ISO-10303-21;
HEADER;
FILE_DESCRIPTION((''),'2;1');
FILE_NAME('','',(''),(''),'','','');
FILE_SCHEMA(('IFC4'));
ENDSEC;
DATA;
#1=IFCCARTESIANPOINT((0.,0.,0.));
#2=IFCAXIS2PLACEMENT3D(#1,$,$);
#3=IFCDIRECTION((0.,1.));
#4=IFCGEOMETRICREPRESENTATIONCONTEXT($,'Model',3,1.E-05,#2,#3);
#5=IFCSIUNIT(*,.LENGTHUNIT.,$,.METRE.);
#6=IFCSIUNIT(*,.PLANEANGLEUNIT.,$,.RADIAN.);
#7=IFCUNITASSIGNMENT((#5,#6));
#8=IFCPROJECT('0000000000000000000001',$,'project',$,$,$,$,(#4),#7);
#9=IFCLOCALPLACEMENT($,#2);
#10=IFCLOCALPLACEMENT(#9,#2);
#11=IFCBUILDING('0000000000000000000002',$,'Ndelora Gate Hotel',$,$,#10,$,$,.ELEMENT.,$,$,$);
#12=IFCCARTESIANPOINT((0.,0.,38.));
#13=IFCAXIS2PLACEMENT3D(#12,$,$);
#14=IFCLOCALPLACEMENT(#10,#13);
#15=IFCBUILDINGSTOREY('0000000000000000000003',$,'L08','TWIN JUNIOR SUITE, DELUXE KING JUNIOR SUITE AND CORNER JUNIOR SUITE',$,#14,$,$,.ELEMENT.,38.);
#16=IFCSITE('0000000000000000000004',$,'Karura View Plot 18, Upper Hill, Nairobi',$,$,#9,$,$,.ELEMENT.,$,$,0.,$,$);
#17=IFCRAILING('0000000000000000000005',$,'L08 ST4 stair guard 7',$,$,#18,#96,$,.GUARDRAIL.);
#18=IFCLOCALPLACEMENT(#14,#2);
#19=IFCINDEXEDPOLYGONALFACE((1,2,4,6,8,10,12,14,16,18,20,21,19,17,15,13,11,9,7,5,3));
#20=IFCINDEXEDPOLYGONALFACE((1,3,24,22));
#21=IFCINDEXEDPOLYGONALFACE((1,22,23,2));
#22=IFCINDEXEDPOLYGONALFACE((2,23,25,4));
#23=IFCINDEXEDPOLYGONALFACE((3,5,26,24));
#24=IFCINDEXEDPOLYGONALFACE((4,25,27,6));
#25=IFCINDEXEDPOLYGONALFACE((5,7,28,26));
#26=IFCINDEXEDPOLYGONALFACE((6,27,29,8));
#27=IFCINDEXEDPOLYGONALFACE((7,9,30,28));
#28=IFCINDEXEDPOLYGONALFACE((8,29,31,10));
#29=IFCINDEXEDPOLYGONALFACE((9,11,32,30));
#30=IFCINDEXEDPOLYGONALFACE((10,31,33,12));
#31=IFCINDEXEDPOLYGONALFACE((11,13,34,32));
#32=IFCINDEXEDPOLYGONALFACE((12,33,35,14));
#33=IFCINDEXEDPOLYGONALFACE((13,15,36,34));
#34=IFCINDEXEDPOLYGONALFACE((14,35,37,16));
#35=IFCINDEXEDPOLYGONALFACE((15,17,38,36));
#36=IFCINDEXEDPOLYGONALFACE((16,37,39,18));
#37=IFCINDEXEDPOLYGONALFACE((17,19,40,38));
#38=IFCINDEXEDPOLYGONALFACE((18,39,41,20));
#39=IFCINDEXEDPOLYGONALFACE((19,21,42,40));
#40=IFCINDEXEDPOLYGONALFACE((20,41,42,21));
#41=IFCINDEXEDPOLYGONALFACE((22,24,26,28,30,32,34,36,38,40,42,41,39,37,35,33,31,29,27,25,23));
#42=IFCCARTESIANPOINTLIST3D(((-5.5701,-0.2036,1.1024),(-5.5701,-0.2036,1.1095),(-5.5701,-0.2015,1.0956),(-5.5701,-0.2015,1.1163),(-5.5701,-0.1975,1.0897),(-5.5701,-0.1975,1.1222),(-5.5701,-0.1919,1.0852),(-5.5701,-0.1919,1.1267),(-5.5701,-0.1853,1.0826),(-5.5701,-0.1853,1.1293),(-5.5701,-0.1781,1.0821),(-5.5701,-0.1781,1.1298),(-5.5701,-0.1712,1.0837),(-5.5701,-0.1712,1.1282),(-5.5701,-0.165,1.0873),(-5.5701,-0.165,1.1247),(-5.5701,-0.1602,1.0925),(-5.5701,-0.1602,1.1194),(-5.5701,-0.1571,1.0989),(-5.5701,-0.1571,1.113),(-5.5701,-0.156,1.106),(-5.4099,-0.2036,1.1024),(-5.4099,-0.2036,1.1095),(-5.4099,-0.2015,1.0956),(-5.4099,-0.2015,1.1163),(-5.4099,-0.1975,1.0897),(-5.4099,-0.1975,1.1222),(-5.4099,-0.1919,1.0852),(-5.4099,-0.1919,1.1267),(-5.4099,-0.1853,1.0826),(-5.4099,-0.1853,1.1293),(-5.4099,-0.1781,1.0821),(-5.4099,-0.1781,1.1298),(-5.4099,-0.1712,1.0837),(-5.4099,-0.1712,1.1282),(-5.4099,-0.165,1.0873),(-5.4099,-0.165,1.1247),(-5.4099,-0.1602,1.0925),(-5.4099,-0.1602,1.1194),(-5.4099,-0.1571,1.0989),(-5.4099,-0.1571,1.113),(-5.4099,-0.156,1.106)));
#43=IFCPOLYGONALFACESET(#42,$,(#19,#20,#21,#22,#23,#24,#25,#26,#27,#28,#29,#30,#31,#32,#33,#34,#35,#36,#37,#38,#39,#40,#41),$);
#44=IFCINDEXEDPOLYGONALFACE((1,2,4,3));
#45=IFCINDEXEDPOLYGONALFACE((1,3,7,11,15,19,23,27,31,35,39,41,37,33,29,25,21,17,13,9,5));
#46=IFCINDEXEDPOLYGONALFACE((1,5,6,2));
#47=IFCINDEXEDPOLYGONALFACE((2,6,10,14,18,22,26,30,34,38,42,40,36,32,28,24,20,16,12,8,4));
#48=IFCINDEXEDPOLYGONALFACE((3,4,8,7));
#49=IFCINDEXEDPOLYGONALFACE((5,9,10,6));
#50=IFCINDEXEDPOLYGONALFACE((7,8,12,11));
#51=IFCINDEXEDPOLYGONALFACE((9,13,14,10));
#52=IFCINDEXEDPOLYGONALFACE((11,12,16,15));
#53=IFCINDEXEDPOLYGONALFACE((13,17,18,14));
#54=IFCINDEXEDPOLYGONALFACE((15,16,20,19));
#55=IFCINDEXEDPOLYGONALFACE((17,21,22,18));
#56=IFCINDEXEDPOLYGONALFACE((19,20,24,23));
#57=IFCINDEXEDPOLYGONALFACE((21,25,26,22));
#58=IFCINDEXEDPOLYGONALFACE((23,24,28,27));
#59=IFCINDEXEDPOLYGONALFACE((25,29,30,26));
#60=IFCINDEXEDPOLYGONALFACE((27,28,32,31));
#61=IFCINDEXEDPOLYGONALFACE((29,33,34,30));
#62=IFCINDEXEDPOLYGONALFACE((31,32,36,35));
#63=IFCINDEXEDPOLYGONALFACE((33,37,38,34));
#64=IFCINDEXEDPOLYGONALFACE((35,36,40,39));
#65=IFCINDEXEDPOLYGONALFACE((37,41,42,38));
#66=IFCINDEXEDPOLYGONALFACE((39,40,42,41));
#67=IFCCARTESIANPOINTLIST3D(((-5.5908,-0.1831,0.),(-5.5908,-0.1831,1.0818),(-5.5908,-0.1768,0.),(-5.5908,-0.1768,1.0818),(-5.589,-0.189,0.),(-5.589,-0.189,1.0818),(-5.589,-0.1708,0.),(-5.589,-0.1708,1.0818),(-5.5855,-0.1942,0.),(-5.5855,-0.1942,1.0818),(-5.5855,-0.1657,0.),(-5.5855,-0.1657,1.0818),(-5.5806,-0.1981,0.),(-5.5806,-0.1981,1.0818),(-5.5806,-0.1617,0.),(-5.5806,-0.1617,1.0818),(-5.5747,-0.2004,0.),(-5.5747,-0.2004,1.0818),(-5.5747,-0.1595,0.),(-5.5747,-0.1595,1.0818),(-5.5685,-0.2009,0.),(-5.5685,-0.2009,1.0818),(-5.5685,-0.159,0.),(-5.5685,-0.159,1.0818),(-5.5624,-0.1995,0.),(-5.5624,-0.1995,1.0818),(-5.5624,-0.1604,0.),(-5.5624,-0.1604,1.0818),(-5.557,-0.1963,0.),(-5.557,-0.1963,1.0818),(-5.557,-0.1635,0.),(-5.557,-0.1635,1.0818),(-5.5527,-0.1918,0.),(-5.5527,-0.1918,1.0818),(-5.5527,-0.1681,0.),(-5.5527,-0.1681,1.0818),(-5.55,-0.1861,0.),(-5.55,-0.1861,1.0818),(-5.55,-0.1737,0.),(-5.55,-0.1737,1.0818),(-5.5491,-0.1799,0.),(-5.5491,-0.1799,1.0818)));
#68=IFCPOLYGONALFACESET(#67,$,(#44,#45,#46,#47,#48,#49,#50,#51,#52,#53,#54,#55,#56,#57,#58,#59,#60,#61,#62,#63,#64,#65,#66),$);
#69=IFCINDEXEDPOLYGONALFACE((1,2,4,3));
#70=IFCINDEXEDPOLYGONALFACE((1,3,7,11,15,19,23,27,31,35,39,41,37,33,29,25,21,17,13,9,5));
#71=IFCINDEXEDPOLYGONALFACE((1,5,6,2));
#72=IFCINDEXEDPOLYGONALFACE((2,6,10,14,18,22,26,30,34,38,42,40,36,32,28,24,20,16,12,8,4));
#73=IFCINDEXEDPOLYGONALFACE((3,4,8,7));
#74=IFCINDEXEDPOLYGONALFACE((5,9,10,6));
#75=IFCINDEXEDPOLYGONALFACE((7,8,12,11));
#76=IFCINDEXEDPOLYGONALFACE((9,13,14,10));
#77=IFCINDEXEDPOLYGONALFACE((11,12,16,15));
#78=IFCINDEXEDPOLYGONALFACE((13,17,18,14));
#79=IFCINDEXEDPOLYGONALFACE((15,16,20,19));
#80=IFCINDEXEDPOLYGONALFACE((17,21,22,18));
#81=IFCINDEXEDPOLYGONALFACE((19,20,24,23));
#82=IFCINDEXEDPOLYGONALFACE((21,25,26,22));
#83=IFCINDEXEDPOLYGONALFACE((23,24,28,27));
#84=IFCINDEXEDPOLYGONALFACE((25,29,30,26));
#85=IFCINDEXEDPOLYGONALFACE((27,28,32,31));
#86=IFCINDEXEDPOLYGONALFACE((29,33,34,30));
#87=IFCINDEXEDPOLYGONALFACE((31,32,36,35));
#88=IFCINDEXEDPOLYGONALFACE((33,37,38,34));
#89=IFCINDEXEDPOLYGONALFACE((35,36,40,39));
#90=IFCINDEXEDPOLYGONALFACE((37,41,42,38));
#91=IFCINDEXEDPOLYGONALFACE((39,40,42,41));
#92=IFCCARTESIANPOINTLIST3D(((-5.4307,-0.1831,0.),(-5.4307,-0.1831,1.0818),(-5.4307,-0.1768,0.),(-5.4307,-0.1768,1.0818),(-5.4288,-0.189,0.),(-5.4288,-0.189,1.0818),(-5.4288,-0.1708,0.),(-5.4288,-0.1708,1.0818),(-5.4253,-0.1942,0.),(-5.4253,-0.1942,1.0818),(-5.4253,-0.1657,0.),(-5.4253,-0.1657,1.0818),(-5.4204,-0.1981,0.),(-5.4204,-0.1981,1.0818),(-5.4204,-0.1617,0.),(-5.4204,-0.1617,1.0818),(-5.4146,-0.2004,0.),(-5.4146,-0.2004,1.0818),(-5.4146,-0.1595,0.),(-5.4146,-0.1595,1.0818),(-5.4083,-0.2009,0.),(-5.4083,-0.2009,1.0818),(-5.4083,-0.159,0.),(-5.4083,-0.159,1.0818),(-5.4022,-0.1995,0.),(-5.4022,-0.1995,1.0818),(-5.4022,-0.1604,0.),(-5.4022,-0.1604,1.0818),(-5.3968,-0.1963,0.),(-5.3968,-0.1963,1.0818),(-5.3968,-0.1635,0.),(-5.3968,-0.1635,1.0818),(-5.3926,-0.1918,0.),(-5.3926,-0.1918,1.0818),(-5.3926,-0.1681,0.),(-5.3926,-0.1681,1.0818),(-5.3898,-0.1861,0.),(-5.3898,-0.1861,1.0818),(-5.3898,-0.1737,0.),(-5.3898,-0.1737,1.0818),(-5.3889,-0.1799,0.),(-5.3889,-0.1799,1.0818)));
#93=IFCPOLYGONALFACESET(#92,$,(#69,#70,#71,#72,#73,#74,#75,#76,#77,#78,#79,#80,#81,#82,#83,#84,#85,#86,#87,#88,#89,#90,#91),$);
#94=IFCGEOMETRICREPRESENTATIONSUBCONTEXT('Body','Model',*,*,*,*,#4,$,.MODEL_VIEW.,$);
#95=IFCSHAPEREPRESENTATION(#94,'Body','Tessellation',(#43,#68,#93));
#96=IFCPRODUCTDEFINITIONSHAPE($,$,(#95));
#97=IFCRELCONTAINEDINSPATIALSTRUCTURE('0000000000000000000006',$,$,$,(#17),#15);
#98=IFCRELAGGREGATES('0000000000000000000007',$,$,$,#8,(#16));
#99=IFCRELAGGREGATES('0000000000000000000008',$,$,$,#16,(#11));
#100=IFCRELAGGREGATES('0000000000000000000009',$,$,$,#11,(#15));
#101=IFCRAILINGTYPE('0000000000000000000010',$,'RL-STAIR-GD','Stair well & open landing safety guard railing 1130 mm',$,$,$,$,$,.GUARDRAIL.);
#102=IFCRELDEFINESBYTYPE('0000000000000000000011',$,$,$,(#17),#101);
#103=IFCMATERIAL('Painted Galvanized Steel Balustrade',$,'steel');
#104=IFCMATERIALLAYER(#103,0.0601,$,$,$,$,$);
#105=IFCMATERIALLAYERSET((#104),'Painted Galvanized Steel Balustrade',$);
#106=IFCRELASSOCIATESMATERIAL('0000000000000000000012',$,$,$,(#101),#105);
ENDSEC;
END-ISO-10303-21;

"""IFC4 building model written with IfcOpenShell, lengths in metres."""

from ifc_helpers import new_model, si_unit, direction, frame, origin, origin_2d, place, context, subcontext, project, spatial, circle, extrude, material, layer, layer_set, type_object, element, save


model = new_model("IFC4")

# Units and contexts
model_context = context("Model", 3, precision=1e-05, world=origin(), true_north=direction((0.0, 1.0)))
body_context = subcontext(model_context, "Body", "Model", "MODEL_VIEW")
ifc_project = project(units=[si_unit("LENGTHUNIT", "METRE"), si_unit("PLANEANGLEUNIT", "RADIAN")], contexts=[model_context])

# Site, building, storey
site_placement = place(None, origin())
site = spatial("IfcSite", under=ifc_project, at=site_placement, Name="Karura View Plot 18, Upper Hill, Nairobi", CompositionType="ELEMENT", RefElevation=0.0)
building_placement = place(site_placement, origin())
building = spatial("IfcBuilding", under=site, at=building_placement, Name="Ndelora Gate Hotel", CompositionType="ELEMENT")
storey_placement = place(building_placement, frame((0.0, 0.0, 38.0)))
storey = spatial("IfcBuildingStorey", under=building, at=storey_placement, Name="L08", Description="TWIN JUNIOR SUITE, DELUXE KING JUNIOR SUITE AND CORNER JUNIOR SUITE", CompositionType="ELEMENT", Elevation=38.0)

# Railing
ifc_material_1 = material(Name="Painted Galvanized Steel Balustrade", Category="steel")
ifc_layer_1 = layer(ifc_material_1, 0.0601)
ifc_layer_set_1 = layer_set([ifc_layer_1], Name="Painted Galvanized Steel Balustrade")
railing_type_1 = type_object("IfcRailingType", Name="RL-STAIR-GD", Description="Stair well & open landing safety guard railing 1130 mm", PredefinedType="GUARDRAIL", material=ifc_layer_set_1)
railing_1_placement = place(storey_placement, frame((-5.5701, -0.1799, 0.0)))
element("IfcRailing", 1, at=railing_1_placement, inside=storey, type_object=railing_type_1, Name="L08 ST4 stair guard 7", PredefinedType="GUARDRAIL", context=body_context, shape_type="SweptSolid", body=[
    extrude(circle(Radius=0.0239, at=origin_2d()), frame((0.0, 0.0, 1.106), z_axis=(1.0, 0.0, 0.0), x_axis=(0.0, 1.0, 0.0)), (0.0, 0.0, 1.0), 0.1602),
    extrude(circle(Radius=0.021, at=origin_2d()), origin(), (0.0, 0.0, 1.0), 1.0818),
    extrude(circle(Radius=0.021, at=origin_2d()), frame((0.1602, 0.0, 0.0)), (0.0, 0.0, 1.0), 1.0818),
])

save(model, "model.ifc")
